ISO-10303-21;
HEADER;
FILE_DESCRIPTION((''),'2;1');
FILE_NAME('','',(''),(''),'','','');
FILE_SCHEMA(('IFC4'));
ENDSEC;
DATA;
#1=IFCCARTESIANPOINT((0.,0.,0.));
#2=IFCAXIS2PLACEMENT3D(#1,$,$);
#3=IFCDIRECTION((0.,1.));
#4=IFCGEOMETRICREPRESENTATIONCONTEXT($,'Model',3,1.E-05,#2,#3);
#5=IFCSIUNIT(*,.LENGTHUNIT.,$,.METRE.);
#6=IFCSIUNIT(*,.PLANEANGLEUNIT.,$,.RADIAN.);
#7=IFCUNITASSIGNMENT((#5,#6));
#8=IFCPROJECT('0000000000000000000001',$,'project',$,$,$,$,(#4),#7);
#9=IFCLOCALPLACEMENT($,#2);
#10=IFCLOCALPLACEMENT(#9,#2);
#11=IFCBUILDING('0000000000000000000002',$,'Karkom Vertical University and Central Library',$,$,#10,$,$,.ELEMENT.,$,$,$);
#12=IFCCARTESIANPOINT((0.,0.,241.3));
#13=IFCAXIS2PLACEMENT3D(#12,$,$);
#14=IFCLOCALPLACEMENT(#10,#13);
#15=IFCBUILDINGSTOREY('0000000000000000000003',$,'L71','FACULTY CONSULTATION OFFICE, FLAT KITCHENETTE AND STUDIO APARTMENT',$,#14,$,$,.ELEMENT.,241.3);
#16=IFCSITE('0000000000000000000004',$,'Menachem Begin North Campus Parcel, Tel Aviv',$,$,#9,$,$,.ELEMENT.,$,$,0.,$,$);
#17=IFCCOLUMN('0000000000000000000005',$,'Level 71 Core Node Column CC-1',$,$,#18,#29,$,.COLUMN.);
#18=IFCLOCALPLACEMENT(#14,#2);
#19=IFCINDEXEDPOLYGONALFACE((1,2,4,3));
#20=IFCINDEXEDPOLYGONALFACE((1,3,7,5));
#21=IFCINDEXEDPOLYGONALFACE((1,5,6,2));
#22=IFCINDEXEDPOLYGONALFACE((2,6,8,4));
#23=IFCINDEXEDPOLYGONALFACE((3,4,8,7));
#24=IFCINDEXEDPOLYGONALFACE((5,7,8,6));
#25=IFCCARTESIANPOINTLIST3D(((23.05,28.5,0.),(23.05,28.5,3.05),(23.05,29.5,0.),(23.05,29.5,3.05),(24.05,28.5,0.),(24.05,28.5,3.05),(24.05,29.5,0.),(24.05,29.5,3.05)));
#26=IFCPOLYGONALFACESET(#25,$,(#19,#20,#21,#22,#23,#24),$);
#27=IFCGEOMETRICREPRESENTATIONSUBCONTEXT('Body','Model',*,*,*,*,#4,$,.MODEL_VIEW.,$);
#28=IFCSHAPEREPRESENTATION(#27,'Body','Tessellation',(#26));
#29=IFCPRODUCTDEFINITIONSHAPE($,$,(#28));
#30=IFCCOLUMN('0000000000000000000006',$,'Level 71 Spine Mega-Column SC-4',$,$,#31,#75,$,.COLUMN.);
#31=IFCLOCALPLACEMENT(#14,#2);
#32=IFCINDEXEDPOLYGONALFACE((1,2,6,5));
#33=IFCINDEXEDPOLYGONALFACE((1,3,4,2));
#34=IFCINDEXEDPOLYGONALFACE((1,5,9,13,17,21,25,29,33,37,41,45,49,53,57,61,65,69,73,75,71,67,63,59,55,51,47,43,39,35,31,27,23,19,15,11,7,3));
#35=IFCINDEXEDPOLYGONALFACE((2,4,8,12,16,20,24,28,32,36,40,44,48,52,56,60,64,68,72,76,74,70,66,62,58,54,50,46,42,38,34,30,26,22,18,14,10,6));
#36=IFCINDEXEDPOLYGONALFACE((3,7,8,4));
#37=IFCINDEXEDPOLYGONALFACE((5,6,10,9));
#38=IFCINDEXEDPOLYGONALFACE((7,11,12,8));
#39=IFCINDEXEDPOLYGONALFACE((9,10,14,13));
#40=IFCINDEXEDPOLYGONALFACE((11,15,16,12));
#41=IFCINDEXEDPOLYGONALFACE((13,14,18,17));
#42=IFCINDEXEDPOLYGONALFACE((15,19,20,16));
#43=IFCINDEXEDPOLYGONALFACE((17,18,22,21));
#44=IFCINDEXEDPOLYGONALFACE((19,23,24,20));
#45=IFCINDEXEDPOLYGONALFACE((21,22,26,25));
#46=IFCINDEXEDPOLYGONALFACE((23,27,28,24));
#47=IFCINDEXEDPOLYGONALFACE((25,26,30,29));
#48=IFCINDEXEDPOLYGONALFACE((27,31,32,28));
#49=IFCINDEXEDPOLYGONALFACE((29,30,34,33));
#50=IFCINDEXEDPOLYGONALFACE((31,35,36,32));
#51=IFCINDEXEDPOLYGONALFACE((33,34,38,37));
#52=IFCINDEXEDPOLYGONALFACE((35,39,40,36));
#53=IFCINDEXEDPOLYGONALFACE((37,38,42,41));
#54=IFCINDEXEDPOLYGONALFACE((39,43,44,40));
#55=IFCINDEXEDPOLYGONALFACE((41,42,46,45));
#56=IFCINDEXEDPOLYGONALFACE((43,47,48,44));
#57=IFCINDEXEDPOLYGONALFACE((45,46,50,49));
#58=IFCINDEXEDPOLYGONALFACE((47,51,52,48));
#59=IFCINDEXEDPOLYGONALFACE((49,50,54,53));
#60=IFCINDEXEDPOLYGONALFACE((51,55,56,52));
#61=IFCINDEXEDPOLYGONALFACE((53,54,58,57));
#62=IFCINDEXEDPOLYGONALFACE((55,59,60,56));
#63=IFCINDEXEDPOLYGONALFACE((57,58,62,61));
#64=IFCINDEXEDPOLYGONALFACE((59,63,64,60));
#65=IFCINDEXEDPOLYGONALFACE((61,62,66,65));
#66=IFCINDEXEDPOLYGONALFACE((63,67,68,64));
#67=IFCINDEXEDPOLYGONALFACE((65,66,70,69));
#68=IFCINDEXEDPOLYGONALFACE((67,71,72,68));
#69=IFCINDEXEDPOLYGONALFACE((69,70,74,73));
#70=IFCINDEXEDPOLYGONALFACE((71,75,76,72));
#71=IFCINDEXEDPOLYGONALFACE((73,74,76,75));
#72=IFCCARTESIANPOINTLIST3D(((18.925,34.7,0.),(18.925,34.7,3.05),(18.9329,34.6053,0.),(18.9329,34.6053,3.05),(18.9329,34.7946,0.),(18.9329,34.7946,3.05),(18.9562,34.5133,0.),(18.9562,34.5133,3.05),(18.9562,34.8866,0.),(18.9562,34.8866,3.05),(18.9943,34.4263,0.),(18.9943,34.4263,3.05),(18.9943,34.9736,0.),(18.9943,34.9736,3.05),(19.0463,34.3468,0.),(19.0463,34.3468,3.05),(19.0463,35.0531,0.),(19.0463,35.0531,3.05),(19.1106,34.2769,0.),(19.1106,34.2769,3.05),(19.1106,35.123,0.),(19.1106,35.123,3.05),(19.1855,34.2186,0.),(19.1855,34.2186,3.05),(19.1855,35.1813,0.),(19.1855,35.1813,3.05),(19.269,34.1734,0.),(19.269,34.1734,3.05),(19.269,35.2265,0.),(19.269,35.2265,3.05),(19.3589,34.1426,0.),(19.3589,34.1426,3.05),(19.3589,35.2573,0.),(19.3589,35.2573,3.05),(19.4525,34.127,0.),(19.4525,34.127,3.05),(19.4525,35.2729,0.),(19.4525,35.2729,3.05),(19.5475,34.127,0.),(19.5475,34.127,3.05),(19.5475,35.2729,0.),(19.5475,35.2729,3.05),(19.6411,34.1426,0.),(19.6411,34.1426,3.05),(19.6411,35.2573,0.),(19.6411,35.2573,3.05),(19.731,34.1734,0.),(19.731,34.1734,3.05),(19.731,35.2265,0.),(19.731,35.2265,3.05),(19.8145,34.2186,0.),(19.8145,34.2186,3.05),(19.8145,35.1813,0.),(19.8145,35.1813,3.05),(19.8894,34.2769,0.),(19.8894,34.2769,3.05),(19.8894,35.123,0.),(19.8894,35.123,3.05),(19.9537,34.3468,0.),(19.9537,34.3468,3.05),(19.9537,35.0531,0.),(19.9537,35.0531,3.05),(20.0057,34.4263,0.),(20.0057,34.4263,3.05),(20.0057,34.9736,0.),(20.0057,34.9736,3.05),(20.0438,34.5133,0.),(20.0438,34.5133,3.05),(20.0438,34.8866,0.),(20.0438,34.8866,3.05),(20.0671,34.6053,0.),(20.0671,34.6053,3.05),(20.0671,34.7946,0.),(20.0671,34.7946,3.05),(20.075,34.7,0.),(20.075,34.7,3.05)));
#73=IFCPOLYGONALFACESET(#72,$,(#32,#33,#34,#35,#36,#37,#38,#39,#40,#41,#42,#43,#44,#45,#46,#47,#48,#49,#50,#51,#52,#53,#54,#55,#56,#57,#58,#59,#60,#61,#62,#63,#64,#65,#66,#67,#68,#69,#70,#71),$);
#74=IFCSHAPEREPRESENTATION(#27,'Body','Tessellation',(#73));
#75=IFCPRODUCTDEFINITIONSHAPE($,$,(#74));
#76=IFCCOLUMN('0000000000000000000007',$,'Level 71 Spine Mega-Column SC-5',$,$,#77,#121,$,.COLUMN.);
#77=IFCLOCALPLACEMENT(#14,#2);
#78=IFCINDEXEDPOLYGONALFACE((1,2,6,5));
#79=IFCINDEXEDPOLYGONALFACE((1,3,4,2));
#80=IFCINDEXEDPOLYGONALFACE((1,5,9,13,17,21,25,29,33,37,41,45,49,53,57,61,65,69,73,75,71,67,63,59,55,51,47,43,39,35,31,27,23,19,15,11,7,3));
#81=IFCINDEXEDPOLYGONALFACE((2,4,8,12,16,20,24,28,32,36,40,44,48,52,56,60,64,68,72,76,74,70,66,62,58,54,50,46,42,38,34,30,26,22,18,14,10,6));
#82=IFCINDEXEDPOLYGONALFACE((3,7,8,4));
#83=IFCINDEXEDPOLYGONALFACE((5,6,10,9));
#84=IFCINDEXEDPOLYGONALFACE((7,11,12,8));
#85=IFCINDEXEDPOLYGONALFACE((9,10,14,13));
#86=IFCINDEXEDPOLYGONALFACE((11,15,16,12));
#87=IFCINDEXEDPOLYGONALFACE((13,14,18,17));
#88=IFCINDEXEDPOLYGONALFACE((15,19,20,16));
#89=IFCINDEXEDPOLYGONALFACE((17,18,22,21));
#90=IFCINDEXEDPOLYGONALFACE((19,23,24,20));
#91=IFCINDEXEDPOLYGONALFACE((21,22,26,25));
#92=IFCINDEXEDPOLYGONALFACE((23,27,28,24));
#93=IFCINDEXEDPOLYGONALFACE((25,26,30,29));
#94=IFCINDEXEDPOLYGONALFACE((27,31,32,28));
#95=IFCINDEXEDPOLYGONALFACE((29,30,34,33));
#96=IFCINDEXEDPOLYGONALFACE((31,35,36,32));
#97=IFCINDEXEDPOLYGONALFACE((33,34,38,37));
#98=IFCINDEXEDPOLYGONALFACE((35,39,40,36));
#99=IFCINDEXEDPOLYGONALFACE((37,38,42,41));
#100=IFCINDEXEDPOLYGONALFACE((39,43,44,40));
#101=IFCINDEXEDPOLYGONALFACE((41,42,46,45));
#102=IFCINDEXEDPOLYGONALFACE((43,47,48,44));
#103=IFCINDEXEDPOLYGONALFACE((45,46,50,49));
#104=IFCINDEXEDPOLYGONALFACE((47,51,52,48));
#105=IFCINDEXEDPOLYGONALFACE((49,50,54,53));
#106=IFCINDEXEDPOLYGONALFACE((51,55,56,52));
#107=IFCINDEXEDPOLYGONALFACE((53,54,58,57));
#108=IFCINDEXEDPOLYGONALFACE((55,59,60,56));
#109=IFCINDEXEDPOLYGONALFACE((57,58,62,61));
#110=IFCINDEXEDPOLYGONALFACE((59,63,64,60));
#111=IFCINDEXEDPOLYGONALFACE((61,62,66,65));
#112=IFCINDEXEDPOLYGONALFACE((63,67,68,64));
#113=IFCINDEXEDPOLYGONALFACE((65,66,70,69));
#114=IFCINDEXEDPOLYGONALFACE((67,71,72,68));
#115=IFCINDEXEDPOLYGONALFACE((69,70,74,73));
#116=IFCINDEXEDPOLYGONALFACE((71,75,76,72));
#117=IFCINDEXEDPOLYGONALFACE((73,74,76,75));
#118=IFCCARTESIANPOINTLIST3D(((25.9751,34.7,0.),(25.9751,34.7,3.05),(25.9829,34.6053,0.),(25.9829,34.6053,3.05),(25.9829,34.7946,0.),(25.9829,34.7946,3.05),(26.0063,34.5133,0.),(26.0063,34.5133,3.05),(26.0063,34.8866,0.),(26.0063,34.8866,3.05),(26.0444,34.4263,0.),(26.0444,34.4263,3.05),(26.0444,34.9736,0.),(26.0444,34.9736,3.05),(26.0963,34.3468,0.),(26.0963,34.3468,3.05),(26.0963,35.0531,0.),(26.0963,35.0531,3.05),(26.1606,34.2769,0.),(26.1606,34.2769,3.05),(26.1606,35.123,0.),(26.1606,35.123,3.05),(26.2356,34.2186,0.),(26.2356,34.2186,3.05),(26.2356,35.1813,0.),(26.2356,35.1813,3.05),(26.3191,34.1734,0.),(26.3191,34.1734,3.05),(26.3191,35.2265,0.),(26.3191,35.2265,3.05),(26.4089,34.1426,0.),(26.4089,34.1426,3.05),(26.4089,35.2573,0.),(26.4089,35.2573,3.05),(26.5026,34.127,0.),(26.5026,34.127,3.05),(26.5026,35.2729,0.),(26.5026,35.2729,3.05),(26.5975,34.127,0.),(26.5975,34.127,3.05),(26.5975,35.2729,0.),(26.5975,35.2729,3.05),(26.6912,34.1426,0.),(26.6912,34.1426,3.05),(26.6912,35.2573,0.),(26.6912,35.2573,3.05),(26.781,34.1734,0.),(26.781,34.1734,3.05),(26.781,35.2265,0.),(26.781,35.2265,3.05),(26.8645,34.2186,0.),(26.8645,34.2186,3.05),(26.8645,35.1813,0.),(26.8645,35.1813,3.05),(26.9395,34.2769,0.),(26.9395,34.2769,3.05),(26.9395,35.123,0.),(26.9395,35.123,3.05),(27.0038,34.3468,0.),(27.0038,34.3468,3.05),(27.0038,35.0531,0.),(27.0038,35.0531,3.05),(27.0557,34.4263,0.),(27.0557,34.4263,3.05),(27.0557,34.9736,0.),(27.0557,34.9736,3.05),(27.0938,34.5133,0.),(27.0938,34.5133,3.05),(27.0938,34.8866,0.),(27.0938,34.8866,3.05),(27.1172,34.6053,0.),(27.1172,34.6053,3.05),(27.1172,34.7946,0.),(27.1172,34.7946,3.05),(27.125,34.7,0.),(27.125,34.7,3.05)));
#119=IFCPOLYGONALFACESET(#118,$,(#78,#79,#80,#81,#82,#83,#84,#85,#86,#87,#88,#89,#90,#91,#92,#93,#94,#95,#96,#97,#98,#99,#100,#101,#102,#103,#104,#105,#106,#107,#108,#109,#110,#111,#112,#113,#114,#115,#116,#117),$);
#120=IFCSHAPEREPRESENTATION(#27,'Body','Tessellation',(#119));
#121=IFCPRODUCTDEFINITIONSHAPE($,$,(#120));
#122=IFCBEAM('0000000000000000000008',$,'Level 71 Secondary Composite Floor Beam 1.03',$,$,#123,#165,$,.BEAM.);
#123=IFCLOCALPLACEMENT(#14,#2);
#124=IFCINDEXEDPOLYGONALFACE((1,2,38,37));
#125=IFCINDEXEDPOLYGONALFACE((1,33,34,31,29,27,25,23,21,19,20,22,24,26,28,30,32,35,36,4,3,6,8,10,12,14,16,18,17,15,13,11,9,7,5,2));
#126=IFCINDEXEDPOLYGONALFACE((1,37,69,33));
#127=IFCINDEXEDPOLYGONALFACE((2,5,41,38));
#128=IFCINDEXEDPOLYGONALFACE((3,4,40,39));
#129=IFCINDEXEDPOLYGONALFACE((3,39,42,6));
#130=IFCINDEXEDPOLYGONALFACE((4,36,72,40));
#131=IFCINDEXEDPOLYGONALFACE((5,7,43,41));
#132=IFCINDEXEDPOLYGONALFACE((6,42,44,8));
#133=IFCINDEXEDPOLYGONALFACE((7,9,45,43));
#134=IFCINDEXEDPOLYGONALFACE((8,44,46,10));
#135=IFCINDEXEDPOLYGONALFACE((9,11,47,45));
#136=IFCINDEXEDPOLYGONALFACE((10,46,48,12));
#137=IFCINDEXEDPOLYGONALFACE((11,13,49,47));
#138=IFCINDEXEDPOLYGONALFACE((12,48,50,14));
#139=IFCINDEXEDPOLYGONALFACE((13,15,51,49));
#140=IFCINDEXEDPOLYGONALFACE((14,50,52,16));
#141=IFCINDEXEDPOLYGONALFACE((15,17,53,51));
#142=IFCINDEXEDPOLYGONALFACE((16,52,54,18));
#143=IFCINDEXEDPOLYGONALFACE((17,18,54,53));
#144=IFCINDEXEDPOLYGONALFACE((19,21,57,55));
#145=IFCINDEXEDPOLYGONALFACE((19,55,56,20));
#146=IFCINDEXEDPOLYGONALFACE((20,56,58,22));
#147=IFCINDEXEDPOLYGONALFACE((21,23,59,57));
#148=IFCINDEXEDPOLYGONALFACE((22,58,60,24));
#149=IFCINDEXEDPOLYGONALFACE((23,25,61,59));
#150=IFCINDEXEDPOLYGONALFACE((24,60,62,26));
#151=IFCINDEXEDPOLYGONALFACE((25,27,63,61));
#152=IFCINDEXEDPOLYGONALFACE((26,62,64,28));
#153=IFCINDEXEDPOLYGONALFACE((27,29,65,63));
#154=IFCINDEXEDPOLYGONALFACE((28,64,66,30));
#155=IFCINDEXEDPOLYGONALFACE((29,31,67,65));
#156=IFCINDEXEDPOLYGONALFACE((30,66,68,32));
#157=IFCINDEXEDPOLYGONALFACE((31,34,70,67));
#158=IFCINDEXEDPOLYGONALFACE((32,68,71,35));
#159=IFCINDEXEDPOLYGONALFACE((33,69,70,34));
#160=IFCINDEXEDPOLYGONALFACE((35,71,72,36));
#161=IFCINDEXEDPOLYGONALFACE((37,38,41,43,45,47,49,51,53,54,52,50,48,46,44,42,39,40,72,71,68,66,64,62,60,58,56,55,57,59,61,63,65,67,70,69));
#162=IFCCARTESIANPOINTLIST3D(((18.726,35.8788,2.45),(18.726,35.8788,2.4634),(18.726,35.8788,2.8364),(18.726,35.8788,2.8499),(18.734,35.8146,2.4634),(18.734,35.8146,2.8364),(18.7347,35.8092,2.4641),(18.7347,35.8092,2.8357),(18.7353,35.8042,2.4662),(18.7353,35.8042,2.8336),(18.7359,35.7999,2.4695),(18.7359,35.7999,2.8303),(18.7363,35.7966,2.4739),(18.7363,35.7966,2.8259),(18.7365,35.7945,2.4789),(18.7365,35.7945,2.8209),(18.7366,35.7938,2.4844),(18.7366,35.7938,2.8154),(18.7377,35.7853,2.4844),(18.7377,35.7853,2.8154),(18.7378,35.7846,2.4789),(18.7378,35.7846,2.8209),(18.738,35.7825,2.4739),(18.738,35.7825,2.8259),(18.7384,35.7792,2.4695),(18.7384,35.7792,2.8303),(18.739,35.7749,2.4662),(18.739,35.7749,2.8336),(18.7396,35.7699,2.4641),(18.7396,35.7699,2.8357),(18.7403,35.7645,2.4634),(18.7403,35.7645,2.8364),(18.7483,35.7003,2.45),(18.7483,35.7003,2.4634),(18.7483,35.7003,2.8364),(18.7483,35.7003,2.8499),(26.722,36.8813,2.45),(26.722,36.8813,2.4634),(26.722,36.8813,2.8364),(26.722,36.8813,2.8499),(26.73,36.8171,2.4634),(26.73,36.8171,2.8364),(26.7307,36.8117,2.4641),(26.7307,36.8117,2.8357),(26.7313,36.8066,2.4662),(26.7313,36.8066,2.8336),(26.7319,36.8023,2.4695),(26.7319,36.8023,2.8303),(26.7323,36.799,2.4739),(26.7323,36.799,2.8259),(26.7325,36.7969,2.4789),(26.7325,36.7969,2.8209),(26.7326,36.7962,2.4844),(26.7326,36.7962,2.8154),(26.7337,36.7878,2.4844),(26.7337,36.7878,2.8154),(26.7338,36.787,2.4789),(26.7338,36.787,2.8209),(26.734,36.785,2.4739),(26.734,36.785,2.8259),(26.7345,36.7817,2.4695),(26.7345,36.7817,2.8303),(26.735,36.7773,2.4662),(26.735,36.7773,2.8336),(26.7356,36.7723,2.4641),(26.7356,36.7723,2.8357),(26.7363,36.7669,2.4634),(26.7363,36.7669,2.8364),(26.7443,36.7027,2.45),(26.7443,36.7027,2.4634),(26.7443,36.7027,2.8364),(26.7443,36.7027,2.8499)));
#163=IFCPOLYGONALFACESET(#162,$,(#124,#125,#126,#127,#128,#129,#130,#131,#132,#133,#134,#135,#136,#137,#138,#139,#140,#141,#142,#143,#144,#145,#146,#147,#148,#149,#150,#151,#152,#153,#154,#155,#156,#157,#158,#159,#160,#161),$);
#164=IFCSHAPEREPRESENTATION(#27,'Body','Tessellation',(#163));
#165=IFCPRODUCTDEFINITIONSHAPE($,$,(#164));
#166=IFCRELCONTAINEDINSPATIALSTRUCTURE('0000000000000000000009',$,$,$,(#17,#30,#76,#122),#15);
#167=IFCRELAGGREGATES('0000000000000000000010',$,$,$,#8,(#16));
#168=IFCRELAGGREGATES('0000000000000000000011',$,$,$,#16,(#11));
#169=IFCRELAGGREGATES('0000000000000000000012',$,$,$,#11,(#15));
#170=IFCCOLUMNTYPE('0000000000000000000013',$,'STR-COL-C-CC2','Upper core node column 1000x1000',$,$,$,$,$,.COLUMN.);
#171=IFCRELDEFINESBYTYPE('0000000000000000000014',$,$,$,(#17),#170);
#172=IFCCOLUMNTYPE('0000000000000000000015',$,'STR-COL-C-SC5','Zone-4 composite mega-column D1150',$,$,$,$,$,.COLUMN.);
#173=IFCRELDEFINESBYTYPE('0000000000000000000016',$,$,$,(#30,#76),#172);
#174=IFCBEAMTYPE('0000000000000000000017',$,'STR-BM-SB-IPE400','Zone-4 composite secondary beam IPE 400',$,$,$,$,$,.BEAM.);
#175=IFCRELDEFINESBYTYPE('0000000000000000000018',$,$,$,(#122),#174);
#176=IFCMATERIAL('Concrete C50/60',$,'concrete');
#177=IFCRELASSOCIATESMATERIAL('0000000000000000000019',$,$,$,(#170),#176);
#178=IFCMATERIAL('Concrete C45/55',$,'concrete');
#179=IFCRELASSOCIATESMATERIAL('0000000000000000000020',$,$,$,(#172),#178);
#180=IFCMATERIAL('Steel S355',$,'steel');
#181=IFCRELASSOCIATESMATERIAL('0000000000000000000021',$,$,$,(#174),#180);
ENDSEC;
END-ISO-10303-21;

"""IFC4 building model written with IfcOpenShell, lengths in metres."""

from ifc_helpers import new_model, si_unit, direction, frame, origin, origin_with_axes, origin_2d, place, context, subcontext, project, spatial, rectangle, circle, i_section, extrude, source, transform, mapped, material, material_profile, profile_set, type_object, element, save


model = new_model("IFC4")

# Units and contexts
model_context = context("Model", 3, precision=1e-05, world=origin(), true_north=direction((0.0, 1.0)))
body_context = subcontext(model_context, "Body", "Model", "MODEL_VIEW")
ifc_project = project(units=[si_unit("LENGTHUNIT", "METRE"), si_unit("PLANEANGLEUNIT", "RADIAN")], contexts=[model_context])

# Site, building, storey
site_placement = place(None, origin())
site = spatial("IfcSite", under=ifc_project, at=site_placement, Name="Menachem Begin North Campus Parcel, Tel Aviv", CompositionType="ELEMENT", RefElevation=0.0)
building_placement = place(site_placement, origin())
building = spatial("IfcBuilding", under=site, at=building_placement, Name="Karkom Vertical University and Central Library", CompositionType="ELEMENT")
storey_placement = place(building_placement, frame((0.0, 0.0, 241.3)))
storey = spatial("IfcBuildingStorey", under=building, at=storey_placement, Name="L71", Description="FACULTY CONSULTATION OFFICE, FLAT KITCHENETTE AND STUDIO APARTMENT", CompositionType="ELEMENT", Elevation=241.3)

# Columns
ifc_material_1 = material(Name="Concrete C50/60", Category="concrete")
ifc_material_profile_1 = material_profile(ifc_material_1, rectangle(XDim=1.0, YDim=1.0, at=origin_2d()), Name="RC-1000x1000")
ifc_profile_set_1 = profile_set([ifc_material_profile_1], Name="Concrete C50/60")
column_type_1 = type_object("IfcColumnType", Name="STR-COL-C-CC2", Description="Upper core node column 1000x1000", PredefinedType="COLUMN", material=ifc_profile_set_1)
shared_shape_1 = source(origin_with_axes(), body_context, "Body", "SweptSolid", [
    extrude(rectangle(XDim=1.0, YDim=1.0, at=origin_2d()), origin(), (0.0, 0.0, 1.0), 3.05),
])
column_placement = place(storey_placement, frame((23.55, 29.0, 0.0), z_axis=(0.0, 0.0, 1.0), x_axis=(1.0, 0.0, 0.0)))
element("IfcColumn", 1, at=column_placement, inside=storey, type_object=column_type_1, Name="Level 71 Core Node Column CC-1", PredefinedType="COLUMN", context=body_context, shape_type="MappedRepresentation", body=[
    mapped(shared_shape_1, transform((0.0, 0.0, 0.0), scale=1.0)),
])
ifc_material_2 = material(Name="Concrete C45/55", Category="concrete")
ifc_material_profile_2 = material_profile(ifc_material_2, circle(Radius=0.575, at=origin_2d()), Name="CFT-D1150")
ifc_profile_set_2 = profile_set([ifc_material_profile_2], Name="Concrete C45/55")
column_type_2 = type_object("IfcColumnType", Name="STR-COL-C-SC5", Description="Zone-4 composite mega-column D1150", PredefinedType="COLUMN", material=ifc_profile_set_2)
shared_shape_2 = source(origin_with_axes(), body_context, "Body", "SweptSolid", [
    extrude(circle(Radius=0.575, at=origin_2d()), origin(), (0.0, 0.0, 1.0), 3.05),
])
for number, where, z_axis, x_axis, name in (
    (2, (19.5, 34.7, 0.0), (0.0, 0.0, 1.0), (1.0, 0.0, 0.0), "Level 71 Spine Mega-Column SC-4"),
    (3, (26.55, 34.7, 0.0), (0.0, 0.0, 1.0), (1.0, 0.0, 0.0), "Level 71 Spine Mega-Column SC-5"),
):
    element("IfcColumn", number, at=place(storey_placement, frame(where, z_axis=z_axis, x_axis=x_axis)), inside=storey, type_object=column_type_2, Name=name, PredefinedType="COLUMN", context=body_context, shape_type="MappedRepresentation", body=[
        mapped(shared_shape_2, transform((0.0, 0.0, 0.0), scale=1.0)),
    ])

# Beam
ifc_material_3 = material(Name="Steel S355", Category="steel")
ifc_material_profile_3 = material_profile(ifc_material_3, i_section(OverallWidth=0.1799, OverallDepth=0.3999, WebThickness=0.0085, FlangeThickness=0.0134, FilletRadius=0.021, at=origin_2d()), Name="IPE 400")
ifc_profile_set_3 = profile_set([ifc_material_profile_3], Name="Steel S355")
beam_type_1 = type_object("IfcBeamType", Name="STR-BM-SB-IPE400", Description="Zone-4 composite secondary beam IPE 400", PredefinedType="BEAM", material=ifc_profile_set_3)
shared_shape_3 = source(origin_with_axes(), body_context, "Body", "SweptSolid", [
    extrude(i_section(OverallWidth=0.1799, OverallDepth=0.3999, WebThickness=0.0085, FlangeThickness=0.0134, FilletRadius=0.021, at=origin_2d()), origin(), (0.0, 0.0, 1.0), 8.0586),
])
beam_1_placement = place(storey_placement, frame((26.7332, 36.792, 2.6499), z_axis=(-0.992233, -0.124393, 0.0), x_axis=(0.124393, -0.992233, 0.0)))
element("IfcBeam", 4, at=beam_1_placement, inside=storey, type_object=beam_type_1, Name="Level 71 Secondary Composite Floor Beam 1.03", PredefinedType="BEAM", context=body_context, shape_type="MappedRepresentation", body=[
    mapped(shared_shape_3, transform((0.0, 0.0, 0.0), scale=1.0)),
])

save(model, "model.ifc")
